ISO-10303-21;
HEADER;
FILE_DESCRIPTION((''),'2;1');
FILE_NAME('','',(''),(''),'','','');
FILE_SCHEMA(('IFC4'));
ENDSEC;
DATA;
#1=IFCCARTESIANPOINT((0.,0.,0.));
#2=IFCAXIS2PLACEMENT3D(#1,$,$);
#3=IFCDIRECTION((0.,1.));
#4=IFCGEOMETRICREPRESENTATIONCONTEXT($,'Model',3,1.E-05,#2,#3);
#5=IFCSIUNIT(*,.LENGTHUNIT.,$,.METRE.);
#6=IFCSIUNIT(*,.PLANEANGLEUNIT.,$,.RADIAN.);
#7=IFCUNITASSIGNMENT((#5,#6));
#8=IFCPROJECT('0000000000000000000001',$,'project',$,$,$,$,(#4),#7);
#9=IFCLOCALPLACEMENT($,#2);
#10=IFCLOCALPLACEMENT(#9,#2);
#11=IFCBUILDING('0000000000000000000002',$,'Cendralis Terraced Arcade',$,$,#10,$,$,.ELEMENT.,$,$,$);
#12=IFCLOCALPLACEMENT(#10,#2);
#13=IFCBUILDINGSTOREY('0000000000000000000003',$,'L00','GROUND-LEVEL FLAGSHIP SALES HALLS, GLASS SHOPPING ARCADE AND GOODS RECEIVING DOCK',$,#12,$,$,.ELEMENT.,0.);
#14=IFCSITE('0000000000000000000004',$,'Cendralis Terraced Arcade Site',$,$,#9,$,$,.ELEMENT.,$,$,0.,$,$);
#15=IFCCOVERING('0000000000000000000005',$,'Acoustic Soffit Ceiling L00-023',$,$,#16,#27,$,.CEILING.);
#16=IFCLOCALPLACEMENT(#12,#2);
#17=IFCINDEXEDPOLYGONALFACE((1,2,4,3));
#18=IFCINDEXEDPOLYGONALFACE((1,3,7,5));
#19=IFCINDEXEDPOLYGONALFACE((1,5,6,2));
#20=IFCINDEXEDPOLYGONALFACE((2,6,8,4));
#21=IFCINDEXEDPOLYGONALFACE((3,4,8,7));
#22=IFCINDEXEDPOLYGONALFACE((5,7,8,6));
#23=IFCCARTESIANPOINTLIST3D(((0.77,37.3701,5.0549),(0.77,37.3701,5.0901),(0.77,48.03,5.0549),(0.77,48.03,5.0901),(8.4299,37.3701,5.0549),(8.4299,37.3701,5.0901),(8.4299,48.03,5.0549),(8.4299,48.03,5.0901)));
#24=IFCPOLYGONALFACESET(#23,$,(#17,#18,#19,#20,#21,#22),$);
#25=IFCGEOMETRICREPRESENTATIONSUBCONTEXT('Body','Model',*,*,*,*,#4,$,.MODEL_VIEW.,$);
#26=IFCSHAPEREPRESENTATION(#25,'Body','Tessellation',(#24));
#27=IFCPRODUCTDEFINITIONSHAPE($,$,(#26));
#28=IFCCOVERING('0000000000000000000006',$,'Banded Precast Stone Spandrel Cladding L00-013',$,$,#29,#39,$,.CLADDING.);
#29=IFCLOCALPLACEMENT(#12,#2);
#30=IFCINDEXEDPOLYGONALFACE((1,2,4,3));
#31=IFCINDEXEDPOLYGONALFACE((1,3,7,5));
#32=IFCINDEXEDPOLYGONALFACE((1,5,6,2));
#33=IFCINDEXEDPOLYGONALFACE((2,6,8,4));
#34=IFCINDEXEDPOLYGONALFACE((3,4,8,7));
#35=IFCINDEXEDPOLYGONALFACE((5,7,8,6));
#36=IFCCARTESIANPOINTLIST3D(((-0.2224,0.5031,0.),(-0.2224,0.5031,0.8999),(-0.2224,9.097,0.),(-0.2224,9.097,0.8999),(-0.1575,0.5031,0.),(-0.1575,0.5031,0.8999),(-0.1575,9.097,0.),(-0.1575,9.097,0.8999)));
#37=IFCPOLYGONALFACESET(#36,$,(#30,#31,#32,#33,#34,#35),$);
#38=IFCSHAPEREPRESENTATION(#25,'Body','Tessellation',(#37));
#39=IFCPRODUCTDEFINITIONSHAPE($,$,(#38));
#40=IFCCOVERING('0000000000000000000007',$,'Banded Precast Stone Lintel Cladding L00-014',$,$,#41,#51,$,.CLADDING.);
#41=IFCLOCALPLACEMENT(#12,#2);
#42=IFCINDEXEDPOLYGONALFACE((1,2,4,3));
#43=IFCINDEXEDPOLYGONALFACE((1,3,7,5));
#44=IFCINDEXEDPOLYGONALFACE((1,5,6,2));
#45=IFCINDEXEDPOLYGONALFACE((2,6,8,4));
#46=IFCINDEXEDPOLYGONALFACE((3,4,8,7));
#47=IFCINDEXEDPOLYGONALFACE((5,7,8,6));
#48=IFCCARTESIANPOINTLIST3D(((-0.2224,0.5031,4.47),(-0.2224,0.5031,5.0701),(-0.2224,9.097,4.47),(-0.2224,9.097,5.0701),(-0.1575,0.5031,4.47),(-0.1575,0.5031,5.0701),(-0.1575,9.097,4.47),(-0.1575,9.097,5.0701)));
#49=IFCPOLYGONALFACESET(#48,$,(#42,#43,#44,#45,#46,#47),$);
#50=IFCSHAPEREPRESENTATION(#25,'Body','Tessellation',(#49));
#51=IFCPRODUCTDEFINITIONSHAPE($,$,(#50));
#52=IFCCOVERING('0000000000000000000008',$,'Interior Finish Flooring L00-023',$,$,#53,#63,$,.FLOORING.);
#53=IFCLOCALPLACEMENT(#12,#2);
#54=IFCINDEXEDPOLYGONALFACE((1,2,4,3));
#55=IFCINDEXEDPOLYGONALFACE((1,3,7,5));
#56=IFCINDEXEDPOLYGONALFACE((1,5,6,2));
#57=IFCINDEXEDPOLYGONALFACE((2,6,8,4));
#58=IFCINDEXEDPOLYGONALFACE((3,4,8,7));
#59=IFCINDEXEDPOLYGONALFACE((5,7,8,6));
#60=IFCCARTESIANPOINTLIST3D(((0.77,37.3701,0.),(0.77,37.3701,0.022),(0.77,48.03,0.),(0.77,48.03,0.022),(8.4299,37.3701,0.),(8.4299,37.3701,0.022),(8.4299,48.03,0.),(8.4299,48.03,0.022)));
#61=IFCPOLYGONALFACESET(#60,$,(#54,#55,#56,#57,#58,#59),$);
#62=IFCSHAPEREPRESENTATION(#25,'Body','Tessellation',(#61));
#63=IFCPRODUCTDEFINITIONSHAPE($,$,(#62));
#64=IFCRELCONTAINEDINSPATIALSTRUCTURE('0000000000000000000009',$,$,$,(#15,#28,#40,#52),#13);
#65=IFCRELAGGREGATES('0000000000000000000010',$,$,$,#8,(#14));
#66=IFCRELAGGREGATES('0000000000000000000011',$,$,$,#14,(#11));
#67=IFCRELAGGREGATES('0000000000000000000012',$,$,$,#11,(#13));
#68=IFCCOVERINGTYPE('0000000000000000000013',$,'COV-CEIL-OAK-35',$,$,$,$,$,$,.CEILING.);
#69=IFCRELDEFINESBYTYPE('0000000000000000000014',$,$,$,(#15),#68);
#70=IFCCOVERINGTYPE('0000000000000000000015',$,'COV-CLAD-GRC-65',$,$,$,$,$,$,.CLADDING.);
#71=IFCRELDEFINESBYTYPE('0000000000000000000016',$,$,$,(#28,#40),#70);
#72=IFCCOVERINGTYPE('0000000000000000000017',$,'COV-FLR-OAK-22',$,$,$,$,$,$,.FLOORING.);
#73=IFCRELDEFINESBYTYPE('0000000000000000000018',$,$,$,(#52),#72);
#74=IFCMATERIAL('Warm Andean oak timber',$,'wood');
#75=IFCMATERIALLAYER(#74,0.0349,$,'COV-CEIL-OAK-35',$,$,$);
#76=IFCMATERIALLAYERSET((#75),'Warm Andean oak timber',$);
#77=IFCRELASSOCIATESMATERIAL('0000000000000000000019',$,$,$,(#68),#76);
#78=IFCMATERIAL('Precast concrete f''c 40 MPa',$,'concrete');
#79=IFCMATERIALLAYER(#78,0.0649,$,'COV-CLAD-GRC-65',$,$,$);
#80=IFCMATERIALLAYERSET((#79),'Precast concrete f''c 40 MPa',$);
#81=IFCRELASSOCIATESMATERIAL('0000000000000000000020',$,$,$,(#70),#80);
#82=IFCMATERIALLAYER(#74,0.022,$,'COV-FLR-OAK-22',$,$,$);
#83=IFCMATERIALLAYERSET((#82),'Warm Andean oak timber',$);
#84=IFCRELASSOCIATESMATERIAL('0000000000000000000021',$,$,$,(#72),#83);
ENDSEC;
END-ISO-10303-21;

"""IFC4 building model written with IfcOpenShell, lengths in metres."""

from ifc_helpers import new_model, si_unit, direction, frame, origin, origin_2d, place, context, subcontext, project, spatial, polyline, rectangle, outline, extrude, material, layer, layer_set, type_object, element, save


model = new_model("IFC4")

# Units and contexts
model_context = context("Model", 3, precision=1e-05, world=origin(), true_north=direction((0.0, 1.0)))
body_context = subcontext(model_context, "Body", "Model", "MODEL_VIEW")
ifc_project = project(units=[si_unit("LENGTHUNIT", "METRE"), si_unit("PLANEANGLEUNIT", "RADIAN")], contexts=[model_context])

# Site, building, storey
site_placement = place(None, origin())
site = spatial("IfcSite", under=ifc_project, at=site_placement, Name="Cendralis Terraced Arcade Site", CompositionType="ELEMENT", RefElevation=0.0)
building_placement = place(site_placement, origin())
building = spatial("IfcBuilding", under=site, at=building_placement, Name="Cendralis Terraced Arcade", CompositionType="ELEMENT")
storey_placement = place(building_placement, origin())
storey = spatial("IfcBuildingStorey", under=building, at=storey_placement, Name="L00", Description="GROUND-LEVEL FLAGSHIP SALES HALLS, GLASS SHOPPING ARCADE AND GOODS RECEIVING DOCK", CompositionType="ELEMENT", Elevation=0.0)

# Coverings
ifc_material_1 = material(Name="Warm Andean oak timber", Category="wood")
ifc_layer_1 = layer(ifc_material_1, 0.0349, Name="COV-CEIL-OAK-35")
ifc_layer_set_1 = layer_set([ifc_layer_1], Name="Warm Andean oak timber")
covering_type_1 = type_object("IfcCoveringType", Name="COV-CEIL-OAK-35", PredefinedType="CEILING", material=ifc_layer_set_1)
covering_1_placement = place(storey_placement, frame((0.0, 0.0, 5.0549)))
element("IfcCovering", 1, at=covering_1_placement, inside=storey, type_object=covering_type_1, Name="Acoustic Soffit Ceiling L00-023", PredefinedType="CEILING", context=body_context, shape_type="SweptSolid", body=[
    extrude(outline(polyline([(8.4299, 48.03), (8.4299, 37.3701), (0.77, 37.3701), (0.77, 48.03), (8.4299, 48.03)])), origin(), (0.0, 0.0, 1.0), 0.0352),
])
ifc_material_2 = material(Name="Precast concrete f'c 40 MPa", Category="concrete")
ifc_layer_2 = layer(ifc_material_2, 0.0649, Name="COV-CLAD-GRC-65")
ifc_layer_set_2 = layer_set([ifc_layer_2], Name="Precast concrete f'c 40 MPa")
covering_type_2 = type_object("IfcCoveringType", Name="COV-CLAD-GRC-65", PredefinedType="CLADDING", material=ifc_layer_set_2)
covering_2_placement = place(storey_placement, frame((-0.1899, 4.8, 0.0), z_axis=(0.0, 0.0, 1.0), x_axis=(0.0, 1.0, 0.0)))
element("IfcCovering", 2, at=covering_2_placement, inside=storey, type_object=covering_type_2, Name="Banded Precast Stone Spandrel Cladding L00-013", PredefinedType="CLADDING", context=body_context, shape_type="SweptSolid", body=[
    extrude(rectangle(XDim=8.594, YDim=0.0649, at=origin_2d()), origin(), (0.0, 0.0, 1.0), 0.8999),
])
covering_3_placement = place(storey_placement, frame((-0.1899, 4.8, 4.47), z_axis=(0.0, 0.0, 1.0), x_axis=(0.0, 1.0, 0.0)))
element("IfcCovering", 3, at=covering_3_placement, inside=storey, type_object=covering_type_2, Name="Banded Precast Stone Lintel Cladding L00-014", PredefinedType="CLADDING", context=body_context, shape_type="SweptSolid", body=[
    extrude(rectangle(XDim=8.594, YDim=0.0649, at=origin_2d()), origin(), (0.0, 0.0, 1.0), 0.6001),
])
ifc_layer_3 = layer(ifc_material_1, 0.022, Name="COV-FLR-OAK-22")
ifc_layer_set_3 = layer_set([ifc_layer_3], Name="Warm Andean oak timber")
covering_type_3 = type_object("IfcCoveringType", Name="COV-FLR-OAK-22", PredefinedType="FLOORING", material=ifc_layer_set_3)
covering_4_placement = place(storey_placement, origin())
element("IfcCovering", 4, at=covering_4_placement, inside=storey, type_object=covering_type_3, Name="Interior Finish Flooring L00-023", PredefinedType="FLOORING", context=body_context, shape_type="SweptSolid", body=[
    extrude(outline(polyline([(8.4299, 48.03), (8.4299, 37.3701), (0.77, 37.3701), (0.77, 48.03), (8.4299, 48.03)])), origin(), (0.0, 0.0, 1.0), 0.022),
])

save(model, "model.ifc")
